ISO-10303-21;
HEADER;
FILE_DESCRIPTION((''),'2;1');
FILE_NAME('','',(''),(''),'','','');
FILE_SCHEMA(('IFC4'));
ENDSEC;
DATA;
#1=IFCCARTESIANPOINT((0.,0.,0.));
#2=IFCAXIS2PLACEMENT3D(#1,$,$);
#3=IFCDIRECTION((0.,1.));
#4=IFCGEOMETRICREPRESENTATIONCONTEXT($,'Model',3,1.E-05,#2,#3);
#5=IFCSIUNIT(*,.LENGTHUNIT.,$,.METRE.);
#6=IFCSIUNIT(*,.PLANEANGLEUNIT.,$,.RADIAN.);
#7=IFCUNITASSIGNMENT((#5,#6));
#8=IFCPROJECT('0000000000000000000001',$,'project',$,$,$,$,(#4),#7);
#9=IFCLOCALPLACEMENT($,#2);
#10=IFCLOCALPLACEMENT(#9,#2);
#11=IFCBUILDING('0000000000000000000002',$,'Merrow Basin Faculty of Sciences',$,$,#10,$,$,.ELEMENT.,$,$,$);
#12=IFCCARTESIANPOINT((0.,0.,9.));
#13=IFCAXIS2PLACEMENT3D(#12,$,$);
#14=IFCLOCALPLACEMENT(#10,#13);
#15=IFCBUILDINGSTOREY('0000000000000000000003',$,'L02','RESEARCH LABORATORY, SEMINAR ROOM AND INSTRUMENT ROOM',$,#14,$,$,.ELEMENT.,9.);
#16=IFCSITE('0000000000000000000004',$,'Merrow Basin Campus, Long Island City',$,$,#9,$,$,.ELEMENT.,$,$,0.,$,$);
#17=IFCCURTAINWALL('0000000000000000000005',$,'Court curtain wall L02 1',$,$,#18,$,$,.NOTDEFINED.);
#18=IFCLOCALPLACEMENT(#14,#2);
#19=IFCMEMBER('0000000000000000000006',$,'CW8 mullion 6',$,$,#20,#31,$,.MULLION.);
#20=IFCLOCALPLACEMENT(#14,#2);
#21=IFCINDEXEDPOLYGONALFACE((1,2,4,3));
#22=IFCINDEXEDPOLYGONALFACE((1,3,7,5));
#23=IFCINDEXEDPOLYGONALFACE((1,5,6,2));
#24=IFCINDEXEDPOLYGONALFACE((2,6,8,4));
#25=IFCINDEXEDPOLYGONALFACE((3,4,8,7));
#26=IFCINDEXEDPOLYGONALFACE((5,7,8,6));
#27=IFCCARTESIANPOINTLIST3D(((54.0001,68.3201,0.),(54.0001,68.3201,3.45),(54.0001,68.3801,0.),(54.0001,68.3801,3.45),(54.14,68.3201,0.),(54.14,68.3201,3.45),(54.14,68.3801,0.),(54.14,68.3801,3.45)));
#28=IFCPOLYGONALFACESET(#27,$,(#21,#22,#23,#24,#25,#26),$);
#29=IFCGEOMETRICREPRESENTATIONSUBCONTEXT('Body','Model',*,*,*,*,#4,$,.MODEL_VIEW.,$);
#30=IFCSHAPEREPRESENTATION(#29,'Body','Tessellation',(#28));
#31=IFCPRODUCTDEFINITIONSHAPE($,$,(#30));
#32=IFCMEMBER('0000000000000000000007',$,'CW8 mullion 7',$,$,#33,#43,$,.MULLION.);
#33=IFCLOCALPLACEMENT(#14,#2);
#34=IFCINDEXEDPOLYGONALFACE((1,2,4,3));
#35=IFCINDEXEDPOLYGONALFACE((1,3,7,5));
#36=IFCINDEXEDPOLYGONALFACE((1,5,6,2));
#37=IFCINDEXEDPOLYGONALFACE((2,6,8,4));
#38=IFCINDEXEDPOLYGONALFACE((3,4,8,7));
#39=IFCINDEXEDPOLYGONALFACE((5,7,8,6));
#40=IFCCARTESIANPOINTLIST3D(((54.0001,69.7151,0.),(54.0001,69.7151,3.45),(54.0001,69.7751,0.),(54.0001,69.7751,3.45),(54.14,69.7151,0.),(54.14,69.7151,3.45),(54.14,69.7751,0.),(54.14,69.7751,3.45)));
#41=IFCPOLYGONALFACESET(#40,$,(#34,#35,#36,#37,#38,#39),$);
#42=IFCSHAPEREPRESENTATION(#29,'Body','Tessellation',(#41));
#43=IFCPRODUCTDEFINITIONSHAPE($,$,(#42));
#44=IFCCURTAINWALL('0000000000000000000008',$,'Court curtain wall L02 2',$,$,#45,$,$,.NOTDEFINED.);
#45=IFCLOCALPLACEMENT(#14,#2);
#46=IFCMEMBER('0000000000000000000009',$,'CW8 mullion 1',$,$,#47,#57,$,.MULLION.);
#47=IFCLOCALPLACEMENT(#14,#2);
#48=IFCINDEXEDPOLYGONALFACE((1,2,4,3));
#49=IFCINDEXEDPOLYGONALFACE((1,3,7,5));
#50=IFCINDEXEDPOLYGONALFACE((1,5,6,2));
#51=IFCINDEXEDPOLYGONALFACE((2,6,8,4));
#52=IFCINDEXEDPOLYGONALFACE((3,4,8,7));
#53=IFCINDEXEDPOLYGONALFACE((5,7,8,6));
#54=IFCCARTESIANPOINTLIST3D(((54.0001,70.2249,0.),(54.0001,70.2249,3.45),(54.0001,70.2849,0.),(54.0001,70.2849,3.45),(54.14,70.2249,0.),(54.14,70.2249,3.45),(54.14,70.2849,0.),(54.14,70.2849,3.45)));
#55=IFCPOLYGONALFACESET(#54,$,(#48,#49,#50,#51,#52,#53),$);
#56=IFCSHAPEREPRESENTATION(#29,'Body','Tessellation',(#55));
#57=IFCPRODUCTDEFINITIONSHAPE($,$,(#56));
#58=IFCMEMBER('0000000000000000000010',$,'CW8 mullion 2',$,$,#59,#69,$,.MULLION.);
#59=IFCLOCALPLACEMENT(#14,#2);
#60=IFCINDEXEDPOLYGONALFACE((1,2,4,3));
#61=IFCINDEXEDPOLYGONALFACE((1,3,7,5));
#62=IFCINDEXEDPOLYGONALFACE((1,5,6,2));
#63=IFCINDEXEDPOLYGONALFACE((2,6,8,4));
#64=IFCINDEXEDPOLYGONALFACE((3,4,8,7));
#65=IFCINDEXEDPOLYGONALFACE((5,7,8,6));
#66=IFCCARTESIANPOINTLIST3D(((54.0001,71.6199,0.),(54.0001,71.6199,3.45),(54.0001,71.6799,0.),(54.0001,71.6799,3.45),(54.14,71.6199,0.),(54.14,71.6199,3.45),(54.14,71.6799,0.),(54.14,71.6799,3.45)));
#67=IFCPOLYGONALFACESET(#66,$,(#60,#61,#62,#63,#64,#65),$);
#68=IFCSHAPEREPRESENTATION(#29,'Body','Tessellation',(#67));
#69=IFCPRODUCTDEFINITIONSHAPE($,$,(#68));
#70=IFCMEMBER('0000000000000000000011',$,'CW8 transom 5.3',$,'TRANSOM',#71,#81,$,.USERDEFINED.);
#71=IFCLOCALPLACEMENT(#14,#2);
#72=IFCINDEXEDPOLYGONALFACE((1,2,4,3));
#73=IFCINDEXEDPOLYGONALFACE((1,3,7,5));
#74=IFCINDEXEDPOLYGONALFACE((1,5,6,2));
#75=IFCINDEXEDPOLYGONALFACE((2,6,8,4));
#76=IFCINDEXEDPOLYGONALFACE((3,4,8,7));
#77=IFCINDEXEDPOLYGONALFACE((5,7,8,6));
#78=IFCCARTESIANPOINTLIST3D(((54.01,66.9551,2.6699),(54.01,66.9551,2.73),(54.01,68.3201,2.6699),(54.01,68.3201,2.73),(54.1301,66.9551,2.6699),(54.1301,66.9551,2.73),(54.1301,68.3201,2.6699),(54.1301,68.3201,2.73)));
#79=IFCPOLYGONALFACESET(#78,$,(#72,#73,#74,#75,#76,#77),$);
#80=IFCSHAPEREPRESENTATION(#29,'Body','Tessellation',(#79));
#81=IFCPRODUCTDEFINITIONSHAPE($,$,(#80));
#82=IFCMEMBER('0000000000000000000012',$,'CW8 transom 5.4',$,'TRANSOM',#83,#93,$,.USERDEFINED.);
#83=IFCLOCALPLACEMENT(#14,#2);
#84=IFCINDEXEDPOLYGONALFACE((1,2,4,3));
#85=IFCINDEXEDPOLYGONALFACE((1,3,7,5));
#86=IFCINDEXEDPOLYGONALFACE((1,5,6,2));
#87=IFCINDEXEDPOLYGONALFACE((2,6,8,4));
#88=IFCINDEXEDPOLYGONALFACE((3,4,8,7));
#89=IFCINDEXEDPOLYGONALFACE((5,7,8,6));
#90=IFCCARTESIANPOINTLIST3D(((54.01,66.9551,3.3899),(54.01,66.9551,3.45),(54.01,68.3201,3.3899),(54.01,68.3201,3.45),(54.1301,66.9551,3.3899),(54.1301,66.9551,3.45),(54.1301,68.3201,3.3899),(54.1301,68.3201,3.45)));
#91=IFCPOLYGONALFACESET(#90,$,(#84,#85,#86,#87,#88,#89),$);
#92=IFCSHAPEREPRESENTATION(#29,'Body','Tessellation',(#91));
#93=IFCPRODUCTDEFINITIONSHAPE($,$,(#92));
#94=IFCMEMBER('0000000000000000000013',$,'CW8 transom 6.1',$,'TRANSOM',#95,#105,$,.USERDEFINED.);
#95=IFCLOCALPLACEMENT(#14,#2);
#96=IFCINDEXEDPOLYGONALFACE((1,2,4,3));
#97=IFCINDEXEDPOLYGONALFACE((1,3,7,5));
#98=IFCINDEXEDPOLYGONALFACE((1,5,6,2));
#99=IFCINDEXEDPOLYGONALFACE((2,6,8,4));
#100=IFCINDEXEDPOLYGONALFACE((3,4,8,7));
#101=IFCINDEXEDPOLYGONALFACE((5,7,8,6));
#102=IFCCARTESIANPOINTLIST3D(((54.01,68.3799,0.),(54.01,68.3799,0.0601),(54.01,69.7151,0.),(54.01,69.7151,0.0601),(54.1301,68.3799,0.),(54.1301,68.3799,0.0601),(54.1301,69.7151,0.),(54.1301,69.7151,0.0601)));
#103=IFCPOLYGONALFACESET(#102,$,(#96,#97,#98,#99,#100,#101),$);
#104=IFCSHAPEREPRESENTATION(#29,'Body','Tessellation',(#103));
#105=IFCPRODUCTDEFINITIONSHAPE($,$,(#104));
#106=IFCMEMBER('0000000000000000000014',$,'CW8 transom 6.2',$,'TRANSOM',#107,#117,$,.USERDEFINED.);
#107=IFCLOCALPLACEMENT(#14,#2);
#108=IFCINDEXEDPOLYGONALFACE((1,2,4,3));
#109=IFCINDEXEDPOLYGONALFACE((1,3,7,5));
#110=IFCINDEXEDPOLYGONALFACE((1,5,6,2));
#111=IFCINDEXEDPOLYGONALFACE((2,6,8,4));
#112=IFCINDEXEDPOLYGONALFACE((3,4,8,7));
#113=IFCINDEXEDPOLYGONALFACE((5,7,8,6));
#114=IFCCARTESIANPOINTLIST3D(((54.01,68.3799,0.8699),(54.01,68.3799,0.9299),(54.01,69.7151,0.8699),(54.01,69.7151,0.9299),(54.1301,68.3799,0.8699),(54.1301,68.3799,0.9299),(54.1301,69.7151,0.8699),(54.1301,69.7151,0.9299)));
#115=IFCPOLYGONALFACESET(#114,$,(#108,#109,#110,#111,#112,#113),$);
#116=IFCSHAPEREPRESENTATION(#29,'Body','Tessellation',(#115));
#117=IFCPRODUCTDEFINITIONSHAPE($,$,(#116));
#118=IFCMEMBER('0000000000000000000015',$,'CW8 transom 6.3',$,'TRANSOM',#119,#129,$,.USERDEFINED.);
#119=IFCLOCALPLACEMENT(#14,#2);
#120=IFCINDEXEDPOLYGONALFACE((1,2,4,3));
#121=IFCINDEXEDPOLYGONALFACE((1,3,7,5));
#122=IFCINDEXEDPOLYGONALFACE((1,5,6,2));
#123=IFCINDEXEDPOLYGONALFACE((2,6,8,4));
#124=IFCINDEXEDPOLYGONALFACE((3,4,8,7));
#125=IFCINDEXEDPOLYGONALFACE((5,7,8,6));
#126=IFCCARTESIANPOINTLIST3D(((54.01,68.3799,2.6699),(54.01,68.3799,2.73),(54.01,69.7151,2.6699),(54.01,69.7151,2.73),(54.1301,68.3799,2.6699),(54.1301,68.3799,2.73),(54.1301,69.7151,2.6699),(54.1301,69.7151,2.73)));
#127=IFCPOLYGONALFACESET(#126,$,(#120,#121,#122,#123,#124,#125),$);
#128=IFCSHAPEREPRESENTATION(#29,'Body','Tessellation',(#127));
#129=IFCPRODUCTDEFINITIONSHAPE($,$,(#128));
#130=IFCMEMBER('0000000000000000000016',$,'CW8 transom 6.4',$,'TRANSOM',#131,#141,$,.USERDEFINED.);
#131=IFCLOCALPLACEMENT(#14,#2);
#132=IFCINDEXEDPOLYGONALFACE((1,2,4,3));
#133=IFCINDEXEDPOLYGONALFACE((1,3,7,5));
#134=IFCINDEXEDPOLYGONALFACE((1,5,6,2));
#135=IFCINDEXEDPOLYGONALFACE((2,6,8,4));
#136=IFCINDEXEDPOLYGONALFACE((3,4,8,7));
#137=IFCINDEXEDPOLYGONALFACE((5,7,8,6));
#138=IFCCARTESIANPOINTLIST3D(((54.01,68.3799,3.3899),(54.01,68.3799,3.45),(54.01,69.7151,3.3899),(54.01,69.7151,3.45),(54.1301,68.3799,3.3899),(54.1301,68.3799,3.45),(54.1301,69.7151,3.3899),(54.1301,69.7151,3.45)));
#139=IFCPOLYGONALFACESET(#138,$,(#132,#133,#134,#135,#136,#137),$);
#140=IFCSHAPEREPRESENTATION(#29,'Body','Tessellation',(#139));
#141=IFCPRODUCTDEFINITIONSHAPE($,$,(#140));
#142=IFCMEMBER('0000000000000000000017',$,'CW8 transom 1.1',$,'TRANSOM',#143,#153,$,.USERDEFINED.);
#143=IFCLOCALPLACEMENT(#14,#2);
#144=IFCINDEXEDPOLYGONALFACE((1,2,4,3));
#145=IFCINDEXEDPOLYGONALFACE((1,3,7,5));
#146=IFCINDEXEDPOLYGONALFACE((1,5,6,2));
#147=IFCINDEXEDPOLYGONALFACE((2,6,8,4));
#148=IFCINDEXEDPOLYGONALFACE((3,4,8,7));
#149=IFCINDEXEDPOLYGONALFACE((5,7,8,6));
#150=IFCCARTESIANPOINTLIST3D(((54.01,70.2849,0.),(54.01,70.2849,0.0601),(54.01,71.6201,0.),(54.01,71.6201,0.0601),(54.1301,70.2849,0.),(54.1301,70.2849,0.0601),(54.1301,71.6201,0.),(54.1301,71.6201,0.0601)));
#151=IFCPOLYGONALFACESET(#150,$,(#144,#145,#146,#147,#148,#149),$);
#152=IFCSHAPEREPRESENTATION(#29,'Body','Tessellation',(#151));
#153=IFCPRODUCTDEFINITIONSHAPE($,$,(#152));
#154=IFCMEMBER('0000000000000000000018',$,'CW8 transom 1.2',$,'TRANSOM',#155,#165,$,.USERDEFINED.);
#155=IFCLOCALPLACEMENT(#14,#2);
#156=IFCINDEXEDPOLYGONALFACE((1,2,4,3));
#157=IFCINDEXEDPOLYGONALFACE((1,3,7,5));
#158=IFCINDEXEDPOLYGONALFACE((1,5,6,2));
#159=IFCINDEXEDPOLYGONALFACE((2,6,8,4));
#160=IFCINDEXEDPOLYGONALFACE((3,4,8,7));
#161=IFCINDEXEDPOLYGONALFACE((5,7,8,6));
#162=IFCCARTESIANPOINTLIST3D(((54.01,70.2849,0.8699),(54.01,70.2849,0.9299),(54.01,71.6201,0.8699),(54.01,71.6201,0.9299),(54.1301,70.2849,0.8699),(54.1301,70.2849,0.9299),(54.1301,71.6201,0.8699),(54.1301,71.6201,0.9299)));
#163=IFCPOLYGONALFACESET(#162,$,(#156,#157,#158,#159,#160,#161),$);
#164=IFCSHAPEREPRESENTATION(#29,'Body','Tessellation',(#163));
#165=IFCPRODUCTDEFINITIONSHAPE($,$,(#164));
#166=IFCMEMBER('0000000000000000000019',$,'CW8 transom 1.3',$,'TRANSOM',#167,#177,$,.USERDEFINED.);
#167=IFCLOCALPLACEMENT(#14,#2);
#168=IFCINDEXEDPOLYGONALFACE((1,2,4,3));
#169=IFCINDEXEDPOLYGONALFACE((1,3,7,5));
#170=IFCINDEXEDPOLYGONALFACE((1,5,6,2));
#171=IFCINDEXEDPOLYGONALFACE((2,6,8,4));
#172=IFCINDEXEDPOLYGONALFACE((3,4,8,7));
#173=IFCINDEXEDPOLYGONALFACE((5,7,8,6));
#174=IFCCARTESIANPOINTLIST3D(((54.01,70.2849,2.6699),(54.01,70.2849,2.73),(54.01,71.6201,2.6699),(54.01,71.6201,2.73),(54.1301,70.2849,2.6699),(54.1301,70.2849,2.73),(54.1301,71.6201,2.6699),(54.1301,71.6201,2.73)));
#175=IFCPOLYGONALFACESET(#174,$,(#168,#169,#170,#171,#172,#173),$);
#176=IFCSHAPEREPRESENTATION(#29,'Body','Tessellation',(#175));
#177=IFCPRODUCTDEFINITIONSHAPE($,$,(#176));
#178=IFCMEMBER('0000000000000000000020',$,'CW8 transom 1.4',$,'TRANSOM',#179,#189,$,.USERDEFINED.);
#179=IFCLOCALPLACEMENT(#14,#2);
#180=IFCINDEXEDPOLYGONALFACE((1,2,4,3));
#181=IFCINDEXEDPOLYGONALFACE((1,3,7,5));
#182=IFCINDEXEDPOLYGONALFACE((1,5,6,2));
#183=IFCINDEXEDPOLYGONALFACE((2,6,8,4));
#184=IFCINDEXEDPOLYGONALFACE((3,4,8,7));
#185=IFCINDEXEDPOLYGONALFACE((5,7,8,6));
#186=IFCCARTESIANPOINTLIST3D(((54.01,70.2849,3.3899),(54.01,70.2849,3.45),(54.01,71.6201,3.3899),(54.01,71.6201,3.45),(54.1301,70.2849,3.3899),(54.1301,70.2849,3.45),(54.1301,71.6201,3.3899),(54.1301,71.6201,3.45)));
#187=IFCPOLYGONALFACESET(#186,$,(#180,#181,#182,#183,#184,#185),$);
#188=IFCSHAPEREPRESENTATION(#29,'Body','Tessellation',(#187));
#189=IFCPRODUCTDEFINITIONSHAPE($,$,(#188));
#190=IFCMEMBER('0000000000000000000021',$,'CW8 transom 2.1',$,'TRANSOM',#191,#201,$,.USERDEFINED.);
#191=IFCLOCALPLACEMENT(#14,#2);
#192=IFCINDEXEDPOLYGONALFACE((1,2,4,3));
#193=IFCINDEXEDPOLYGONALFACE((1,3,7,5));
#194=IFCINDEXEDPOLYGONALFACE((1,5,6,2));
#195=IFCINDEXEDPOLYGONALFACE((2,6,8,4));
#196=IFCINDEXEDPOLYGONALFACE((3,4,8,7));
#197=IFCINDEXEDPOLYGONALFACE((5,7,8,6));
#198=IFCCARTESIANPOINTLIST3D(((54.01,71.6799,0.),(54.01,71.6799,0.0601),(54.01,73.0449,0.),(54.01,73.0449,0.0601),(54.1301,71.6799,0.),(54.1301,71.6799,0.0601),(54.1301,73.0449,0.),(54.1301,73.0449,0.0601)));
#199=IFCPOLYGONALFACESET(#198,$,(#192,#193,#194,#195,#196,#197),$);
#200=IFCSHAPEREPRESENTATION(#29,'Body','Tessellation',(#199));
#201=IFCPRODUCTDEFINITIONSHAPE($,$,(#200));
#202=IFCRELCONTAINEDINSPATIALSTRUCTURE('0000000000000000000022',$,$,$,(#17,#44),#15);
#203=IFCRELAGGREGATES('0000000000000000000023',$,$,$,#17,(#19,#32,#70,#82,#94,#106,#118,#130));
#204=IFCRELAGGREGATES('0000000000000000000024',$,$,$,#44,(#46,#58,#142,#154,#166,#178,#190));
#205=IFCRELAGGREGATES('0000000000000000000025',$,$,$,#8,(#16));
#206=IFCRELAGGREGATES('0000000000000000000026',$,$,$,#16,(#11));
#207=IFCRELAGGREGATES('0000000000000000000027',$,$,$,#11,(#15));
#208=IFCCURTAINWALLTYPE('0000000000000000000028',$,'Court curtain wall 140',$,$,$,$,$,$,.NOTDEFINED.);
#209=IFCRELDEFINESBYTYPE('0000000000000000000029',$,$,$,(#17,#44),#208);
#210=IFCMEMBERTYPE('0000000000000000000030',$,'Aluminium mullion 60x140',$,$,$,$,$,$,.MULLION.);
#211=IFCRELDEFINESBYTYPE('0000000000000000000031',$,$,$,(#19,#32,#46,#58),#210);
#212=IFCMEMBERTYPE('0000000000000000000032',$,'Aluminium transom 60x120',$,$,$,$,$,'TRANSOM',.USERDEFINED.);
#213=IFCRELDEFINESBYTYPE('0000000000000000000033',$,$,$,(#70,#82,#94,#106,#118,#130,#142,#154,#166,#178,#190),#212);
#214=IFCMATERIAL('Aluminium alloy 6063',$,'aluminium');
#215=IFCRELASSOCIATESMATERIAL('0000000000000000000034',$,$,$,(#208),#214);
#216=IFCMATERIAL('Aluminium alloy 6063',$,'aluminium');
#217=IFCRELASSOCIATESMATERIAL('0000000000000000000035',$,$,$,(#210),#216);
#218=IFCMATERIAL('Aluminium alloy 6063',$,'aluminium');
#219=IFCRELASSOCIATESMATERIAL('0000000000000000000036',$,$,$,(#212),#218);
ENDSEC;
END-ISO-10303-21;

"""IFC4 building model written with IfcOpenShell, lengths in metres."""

from ifc_helpers import new_model, si_unit, direction, frame, origin, origin_2d, place, context, subcontext, project, spatial, rectangle, extrude, material, material_profile, profile_set, type_object, element, aggregate, save


model = new_model("IFC4")

# Units and contexts
model_context = context("Model", 3, precision=1e-05, world=origin(), true_north=direction((0.0, 1.0)))
body_context = subcontext(model_context, "Body", "Model", "MODEL_VIEW")
ifc_project = project(units=[si_unit("LENGTHUNIT", "METRE"), si_unit("PLANEANGLEUNIT", "RADIAN")], contexts=[model_context])

# Site, building, storey
site_placement = place(None, origin())
site = spatial("IfcSite", under=ifc_project, at=site_placement, Name="Merrow Basin Campus, Long Island City", CompositionType="ELEMENT", RefElevation=0.0)
building_placement = place(site_placement, origin())
building = spatial("IfcBuilding", under=site, at=building_placement, Name="Merrow Basin Faculty of Sciences", CompositionType="ELEMENT")
storey_placement = place(building_placement, frame((0.0, 0.0, 9.0)))
storey = spatial("IfcBuildingStorey", under=building, at=storey_placement, Name="L02", Description="RESEARCH LABORATORY, SEMINAR ROOM AND INSTRUMENT ROOM", CompositionType="ELEMENT", Elevation=9.0)

# Curtain walls, members
ifc_material_1 = material(Name="Aluminium alloy 6063", Category="aluminium")
curtain_wall_type = type_object("IfcCurtainWallType", Name="Court curtain wall 140", PredefinedType="NOTDEFINED", material=ifc_material_1)
curtain_wall_1_placement = place(storey_placement, origin())
curtain_wall_1 = element("IfcCurtainWall", 1, at=curtain_wall_1_placement, inside=storey, type_object=curtain_wall_type, Name="Court curtain wall L02 1", PredefinedType="NOTDEFINED")
ifc_material_2 = material(Name="Aluminium alloy 6063", Category="aluminium")
ifc_material_profile_1 = material_profile(ifc_material_2, rectangle(XDim=0.1399, YDim=0.0601, at=origin_2d()))
ifc_profile_set_1 = profile_set([ifc_material_profile_1], Name="Aluminium alloy 6063")
member_type_1 = type_object("IfcMemberType", Name="Aluminium mullion 60x140", PredefinedType="MULLION", material=ifc_profile_set_1)
member_1_placement = place(storey_placement, frame((54.0701, 68.3501, 0.0), z_axis=(0.0, 0.0, 1.0), x_axis=(-1.0, 0.0, 0.0)))
member_1 = element("IfcMember", 2, at=member_1_placement, type_object=member_type_1, Name="CW8 mullion 6", PredefinedType="MULLION", context=body_context, shape_type="SweptSolid", body=[
    extrude(rectangle(XDim=0.1399, YDim=0.0601, at=origin_2d()), origin(), (0.0, 0.0, 1.0), 3.45),
])
member_2_placement = place(storey_placement, frame((54.0701, 69.7451, 0.0), z_axis=(0.0, 0.0, 1.0), x_axis=(-1.0, 0.0, 0.0)))
member_2 = element("IfcMember", 3, at=member_2_placement, type_object=member_type_1, Name="CW8 mullion 7", PredefinedType="MULLION", context=body_context, shape_type="SweptSolid", body=[
    extrude(rectangle(XDim=0.1399, YDim=0.0601, at=origin_2d()), origin(), (0.0, 0.0, 1.0), 3.45),
])
curtain_wall_2_placement = place(storey_placement, origin())
curtain_wall_2 = element("IfcCurtainWall", 4, at=curtain_wall_2_placement, inside=storey, type_object=curtain_wall_type, Name="Court curtain wall L02 2", PredefinedType="NOTDEFINED")
member_3_placement = place(storey_placement, frame((54.0701, 70.2549, 0.0), z_axis=(0.0, 0.0, 1.0), x_axis=(-1.0, 0.0, 0.0)))
member_3 = element("IfcMember", 5, at=member_3_placement, type_object=member_type_1, Name="CW8 mullion 1", PredefinedType="MULLION", context=body_context, shape_type="SweptSolid", body=[
    extrude(rectangle(XDim=0.1399, YDim=0.0601, at=origin_2d()), origin(), (0.0, 0.0, 1.0), 3.45),
])
member_4_placement = place(storey_placement, frame((54.0701, 71.6499, 0.0), z_axis=(0.0, 0.0, 1.0), x_axis=(-1.0, 0.0, 0.0)))
member_4 = element("IfcMember", 6, at=member_4_placement, type_object=member_type_1, Name="CW8 mullion 2", PredefinedType="MULLION", context=body_context, shape_type="SweptSolid", body=[
    extrude(rectangle(XDim=0.1399, YDim=0.0601, at=origin_2d()), origin(), (0.0, 0.0, 1.0), 3.45),
])

# Members
ifc_material_3 = material(Name="Aluminium alloy 6063", Category="aluminium")
ifc_material_profile_2 = material_profile(ifc_material_3, rectangle(XDim=0.1201, YDim=0.0601, at=origin_2d()))
ifc_profile_set_2 = profile_set([ifc_material_profile_2], Name="Aluminium alloy 6063")
member_type_2 = type_object("IfcMemberType", Name="Aluminium transom 60x120", ElementType="TRANSOM", PredefinedType="USERDEFINED", material=ifc_profile_set_2)
member_5_placement = place(storey_placement, frame((54.0701, 66.9551, 2.7), z_axis=(0.0, 1.0, 0.0), x_axis=(-1.0, 0.0, 0.0)))
member_5 = element("IfcMember", 7, at=member_5_placement, type_object=member_type_2, Name="CW8 transom 5.3", ObjectType="TRANSOM", PredefinedType="USERDEFINED", context=body_context, shape_type="SweptSolid", body=[
    extrude(rectangle(XDim=0.1201, YDim=0.0601, at=origin_2d()), origin(), (0.0, 0.0, 1.0), 1.365),
])
member_6_placement = place(storey_placement, frame((54.0701, 66.9551, 3.4199), z_axis=(0.0, 1.0, 0.0), x_axis=(-1.0, 0.0, 0.0)))
member_6 = element("IfcMember", 8, at=member_6_placement, type_object=member_type_2, Name="CW8 transom 5.4", ObjectType="TRANSOM", PredefinedType="USERDEFINED", context=body_context, shape_type="SweptSolid", body=[
    extrude(rectangle(XDim=0.1201, YDim=0.0601, at=origin_2d()), origin(), (0.0, 0.0, 1.0), 1.365),
])
member_7_placement = place(storey_placement, frame((54.0701, 68.3799, 0.03), z_axis=(0.0, 1.0, 0.0), x_axis=(-1.0, 0.0, 0.0)))
member_7 = element("IfcMember", 9, at=member_7_placement, type_object=member_type_2, Name="CW8 transom 6.1", ObjectType="TRANSOM", PredefinedType="USERDEFINED", context=body_context, shape_type="SweptSolid", body=[
    extrude(rectangle(XDim=0.1201, YDim=0.0601, at=origin_2d()), origin(), (0.0, 0.0, 1.0), 1.3352),
])
member_8_placement = place(storey_placement, frame((54.0701, 68.3799, 0.8999), z_axis=(0.0, 1.0, 0.0), x_axis=(-1.0, 0.0, 0.0)))
member_8 = element("IfcMember", 10, at=member_8_placement, type_object=member_type_2, Name="CW8 transom 6.2", ObjectType="TRANSOM", PredefinedType="USERDEFINED", context=body_context, shape_type="SweptSolid", body=[
    extrude(rectangle(XDim=0.1201, YDim=0.0601, at=origin_2d()), origin(), (0.0, 0.0, 1.0), 1.3352),
])
member_9_placement = place(storey_placement, frame((54.0701, 68.3799, 2.7), z_axis=(0.0, 1.0, 0.0), x_axis=(-1.0, 0.0, 0.0)))
member_9 = element("IfcMember", 11, at=member_9_placement, type_object=member_type_2, Name="CW8 transom 6.3", ObjectType="TRANSOM", PredefinedType="USERDEFINED", context=body_context, shape_type="SweptSolid", body=[
    extrude(rectangle(XDim=0.1201, YDim=0.0601, at=origin_2d()), origin(), (0.0, 0.0, 1.0), 1.3352),
])
member_10_placement = place(storey_placement, frame((54.0701, 68.3799, 3.4199), z_axis=(0.0, 1.0, 0.0), x_axis=(-1.0, 0.0, 0.0)))
member_10 = element("IfcMember", 12, at=member_10_placement, type_object=member_type_2, Name="CW8 transom 6.4", ObjectType="TRANSOM", PredefinedType="USERDEFINED", context=body_context, shape_type="SweptSolid", body=[
    extrude(rectangle(XDim=0.1201, YDim=0.0601, at=origin_2d()), origin(), (0.0, 0.0, 1.0), 1.3352),
])
member_11_placement = place(storey_placement, frame((54.0701, 70.2849, 0.03), z_axis=(0.0, 1.0, 0.0), x_axis=(-1.0, 0.0, 0.0)))
member_11 = element("IfcMember", 13, at=member_11_placement, type_object=member_type_2, Name="CW8 transom 1.1", ObjectType="TRANSOM", PredefinedType="USERDEFINED", context=body_context, shape_type="SweptSolid", body=[
    extrude(rectangle(XDim=0.1201, YDim=0.0601, at=origin_2d()), origin(), (0.0, 0.0, 1.0), 1.3352),
])
member_12_placement = place(storey_placement, frame((54.0701, 70.2849, 0.8999), z_axis=(0.0, 1.0, 0.0), x_axis=(-1.0, 0.0, 0.0)))
member_12 = element("IfcMember", 14, at=member_12_placement, type_object=member_type_2, Name="CW8 transom 1.2", ObjectType="TRANSOM", PredefinedType="USERDEFINED", context=body_context, shape_type="SweptSolid", body=[
    extrude(rectangle(XDim=0.1201, YDim=0.0601, at=origin_2d()), origin(), (0.0, 0.0, 1.0), 1.3352),
])
member_13_placement = place(storey_placement, frame((54.0701, 70.2849, 2.7), z_axis=(0.0, 1.0, 0.0), x_axis=(-1.0, 0.0, 0.0)))
member_13 = element("IfcMember", 15, at=member_13_placement, type_object=member_type_2, Name="CW8 transom 1.3", ObjectType="TRANSOM", PredefinedType="USERDEFINED", context=body_context, shape_type="SweptSolid", body=[
    extrude(rectangle(XDim=0.1201, YDim=0.0601, at=origin_2d()), origin(), (0.0, 0.0, 1.0), 1.3352),
])
member_14_placement = place(storey_placement, frame((54.0701, 70.2849, 3.4199), z_axis=(0.0, 1.0, 0.0), x_axis=(-1.0, 0.0, 0.0)))
member_14 = element("IfcMember", 16, at=member_14_placement, type_object=member_type_2, Name="CW8 transom 1.4", ObjectType="TRANSOM", PredefinedType="USERDEFINED", context=body_context, shape_type="SweptSolid", body=[
    extrude(rectangle(XDim=0.1201, YDim=0.0601, at=origin_2d()), origin(), (0.0, 0.0, 1.0), 1.3352),
])
member_15_placement = place(storey_placement, frame((54.0701, 71.6799, 0.03), z_axis=(0.0, 1.0, 0.0), x_axis=(-1.0, 0.0, 0.0)))
member_15 = element("IfcMember", 17, at=member_15_placement, type_object=member_type_2, Name="CW8 transom 2.1", ObjectType="TRANSOM", PredefinedType="USERDEFINED", context=body_context, shape_type="SweptSolid", body=[
    extrude(rectangle(XDim=0.1201, YDim=0.0601, at=origin_2d()), origin(), (0.0, 0.0, 1.0), 1.365),
])

aggregate(curtain_wall_1, [member_1, member_2, member_5, member_6, member_7, member_8, member_9, member_10])
aggregate(curtain_wall_2, [member_3, member_4, member_11, member_12, member_13, member_14, member_15])

save(model, "model.ifc")
